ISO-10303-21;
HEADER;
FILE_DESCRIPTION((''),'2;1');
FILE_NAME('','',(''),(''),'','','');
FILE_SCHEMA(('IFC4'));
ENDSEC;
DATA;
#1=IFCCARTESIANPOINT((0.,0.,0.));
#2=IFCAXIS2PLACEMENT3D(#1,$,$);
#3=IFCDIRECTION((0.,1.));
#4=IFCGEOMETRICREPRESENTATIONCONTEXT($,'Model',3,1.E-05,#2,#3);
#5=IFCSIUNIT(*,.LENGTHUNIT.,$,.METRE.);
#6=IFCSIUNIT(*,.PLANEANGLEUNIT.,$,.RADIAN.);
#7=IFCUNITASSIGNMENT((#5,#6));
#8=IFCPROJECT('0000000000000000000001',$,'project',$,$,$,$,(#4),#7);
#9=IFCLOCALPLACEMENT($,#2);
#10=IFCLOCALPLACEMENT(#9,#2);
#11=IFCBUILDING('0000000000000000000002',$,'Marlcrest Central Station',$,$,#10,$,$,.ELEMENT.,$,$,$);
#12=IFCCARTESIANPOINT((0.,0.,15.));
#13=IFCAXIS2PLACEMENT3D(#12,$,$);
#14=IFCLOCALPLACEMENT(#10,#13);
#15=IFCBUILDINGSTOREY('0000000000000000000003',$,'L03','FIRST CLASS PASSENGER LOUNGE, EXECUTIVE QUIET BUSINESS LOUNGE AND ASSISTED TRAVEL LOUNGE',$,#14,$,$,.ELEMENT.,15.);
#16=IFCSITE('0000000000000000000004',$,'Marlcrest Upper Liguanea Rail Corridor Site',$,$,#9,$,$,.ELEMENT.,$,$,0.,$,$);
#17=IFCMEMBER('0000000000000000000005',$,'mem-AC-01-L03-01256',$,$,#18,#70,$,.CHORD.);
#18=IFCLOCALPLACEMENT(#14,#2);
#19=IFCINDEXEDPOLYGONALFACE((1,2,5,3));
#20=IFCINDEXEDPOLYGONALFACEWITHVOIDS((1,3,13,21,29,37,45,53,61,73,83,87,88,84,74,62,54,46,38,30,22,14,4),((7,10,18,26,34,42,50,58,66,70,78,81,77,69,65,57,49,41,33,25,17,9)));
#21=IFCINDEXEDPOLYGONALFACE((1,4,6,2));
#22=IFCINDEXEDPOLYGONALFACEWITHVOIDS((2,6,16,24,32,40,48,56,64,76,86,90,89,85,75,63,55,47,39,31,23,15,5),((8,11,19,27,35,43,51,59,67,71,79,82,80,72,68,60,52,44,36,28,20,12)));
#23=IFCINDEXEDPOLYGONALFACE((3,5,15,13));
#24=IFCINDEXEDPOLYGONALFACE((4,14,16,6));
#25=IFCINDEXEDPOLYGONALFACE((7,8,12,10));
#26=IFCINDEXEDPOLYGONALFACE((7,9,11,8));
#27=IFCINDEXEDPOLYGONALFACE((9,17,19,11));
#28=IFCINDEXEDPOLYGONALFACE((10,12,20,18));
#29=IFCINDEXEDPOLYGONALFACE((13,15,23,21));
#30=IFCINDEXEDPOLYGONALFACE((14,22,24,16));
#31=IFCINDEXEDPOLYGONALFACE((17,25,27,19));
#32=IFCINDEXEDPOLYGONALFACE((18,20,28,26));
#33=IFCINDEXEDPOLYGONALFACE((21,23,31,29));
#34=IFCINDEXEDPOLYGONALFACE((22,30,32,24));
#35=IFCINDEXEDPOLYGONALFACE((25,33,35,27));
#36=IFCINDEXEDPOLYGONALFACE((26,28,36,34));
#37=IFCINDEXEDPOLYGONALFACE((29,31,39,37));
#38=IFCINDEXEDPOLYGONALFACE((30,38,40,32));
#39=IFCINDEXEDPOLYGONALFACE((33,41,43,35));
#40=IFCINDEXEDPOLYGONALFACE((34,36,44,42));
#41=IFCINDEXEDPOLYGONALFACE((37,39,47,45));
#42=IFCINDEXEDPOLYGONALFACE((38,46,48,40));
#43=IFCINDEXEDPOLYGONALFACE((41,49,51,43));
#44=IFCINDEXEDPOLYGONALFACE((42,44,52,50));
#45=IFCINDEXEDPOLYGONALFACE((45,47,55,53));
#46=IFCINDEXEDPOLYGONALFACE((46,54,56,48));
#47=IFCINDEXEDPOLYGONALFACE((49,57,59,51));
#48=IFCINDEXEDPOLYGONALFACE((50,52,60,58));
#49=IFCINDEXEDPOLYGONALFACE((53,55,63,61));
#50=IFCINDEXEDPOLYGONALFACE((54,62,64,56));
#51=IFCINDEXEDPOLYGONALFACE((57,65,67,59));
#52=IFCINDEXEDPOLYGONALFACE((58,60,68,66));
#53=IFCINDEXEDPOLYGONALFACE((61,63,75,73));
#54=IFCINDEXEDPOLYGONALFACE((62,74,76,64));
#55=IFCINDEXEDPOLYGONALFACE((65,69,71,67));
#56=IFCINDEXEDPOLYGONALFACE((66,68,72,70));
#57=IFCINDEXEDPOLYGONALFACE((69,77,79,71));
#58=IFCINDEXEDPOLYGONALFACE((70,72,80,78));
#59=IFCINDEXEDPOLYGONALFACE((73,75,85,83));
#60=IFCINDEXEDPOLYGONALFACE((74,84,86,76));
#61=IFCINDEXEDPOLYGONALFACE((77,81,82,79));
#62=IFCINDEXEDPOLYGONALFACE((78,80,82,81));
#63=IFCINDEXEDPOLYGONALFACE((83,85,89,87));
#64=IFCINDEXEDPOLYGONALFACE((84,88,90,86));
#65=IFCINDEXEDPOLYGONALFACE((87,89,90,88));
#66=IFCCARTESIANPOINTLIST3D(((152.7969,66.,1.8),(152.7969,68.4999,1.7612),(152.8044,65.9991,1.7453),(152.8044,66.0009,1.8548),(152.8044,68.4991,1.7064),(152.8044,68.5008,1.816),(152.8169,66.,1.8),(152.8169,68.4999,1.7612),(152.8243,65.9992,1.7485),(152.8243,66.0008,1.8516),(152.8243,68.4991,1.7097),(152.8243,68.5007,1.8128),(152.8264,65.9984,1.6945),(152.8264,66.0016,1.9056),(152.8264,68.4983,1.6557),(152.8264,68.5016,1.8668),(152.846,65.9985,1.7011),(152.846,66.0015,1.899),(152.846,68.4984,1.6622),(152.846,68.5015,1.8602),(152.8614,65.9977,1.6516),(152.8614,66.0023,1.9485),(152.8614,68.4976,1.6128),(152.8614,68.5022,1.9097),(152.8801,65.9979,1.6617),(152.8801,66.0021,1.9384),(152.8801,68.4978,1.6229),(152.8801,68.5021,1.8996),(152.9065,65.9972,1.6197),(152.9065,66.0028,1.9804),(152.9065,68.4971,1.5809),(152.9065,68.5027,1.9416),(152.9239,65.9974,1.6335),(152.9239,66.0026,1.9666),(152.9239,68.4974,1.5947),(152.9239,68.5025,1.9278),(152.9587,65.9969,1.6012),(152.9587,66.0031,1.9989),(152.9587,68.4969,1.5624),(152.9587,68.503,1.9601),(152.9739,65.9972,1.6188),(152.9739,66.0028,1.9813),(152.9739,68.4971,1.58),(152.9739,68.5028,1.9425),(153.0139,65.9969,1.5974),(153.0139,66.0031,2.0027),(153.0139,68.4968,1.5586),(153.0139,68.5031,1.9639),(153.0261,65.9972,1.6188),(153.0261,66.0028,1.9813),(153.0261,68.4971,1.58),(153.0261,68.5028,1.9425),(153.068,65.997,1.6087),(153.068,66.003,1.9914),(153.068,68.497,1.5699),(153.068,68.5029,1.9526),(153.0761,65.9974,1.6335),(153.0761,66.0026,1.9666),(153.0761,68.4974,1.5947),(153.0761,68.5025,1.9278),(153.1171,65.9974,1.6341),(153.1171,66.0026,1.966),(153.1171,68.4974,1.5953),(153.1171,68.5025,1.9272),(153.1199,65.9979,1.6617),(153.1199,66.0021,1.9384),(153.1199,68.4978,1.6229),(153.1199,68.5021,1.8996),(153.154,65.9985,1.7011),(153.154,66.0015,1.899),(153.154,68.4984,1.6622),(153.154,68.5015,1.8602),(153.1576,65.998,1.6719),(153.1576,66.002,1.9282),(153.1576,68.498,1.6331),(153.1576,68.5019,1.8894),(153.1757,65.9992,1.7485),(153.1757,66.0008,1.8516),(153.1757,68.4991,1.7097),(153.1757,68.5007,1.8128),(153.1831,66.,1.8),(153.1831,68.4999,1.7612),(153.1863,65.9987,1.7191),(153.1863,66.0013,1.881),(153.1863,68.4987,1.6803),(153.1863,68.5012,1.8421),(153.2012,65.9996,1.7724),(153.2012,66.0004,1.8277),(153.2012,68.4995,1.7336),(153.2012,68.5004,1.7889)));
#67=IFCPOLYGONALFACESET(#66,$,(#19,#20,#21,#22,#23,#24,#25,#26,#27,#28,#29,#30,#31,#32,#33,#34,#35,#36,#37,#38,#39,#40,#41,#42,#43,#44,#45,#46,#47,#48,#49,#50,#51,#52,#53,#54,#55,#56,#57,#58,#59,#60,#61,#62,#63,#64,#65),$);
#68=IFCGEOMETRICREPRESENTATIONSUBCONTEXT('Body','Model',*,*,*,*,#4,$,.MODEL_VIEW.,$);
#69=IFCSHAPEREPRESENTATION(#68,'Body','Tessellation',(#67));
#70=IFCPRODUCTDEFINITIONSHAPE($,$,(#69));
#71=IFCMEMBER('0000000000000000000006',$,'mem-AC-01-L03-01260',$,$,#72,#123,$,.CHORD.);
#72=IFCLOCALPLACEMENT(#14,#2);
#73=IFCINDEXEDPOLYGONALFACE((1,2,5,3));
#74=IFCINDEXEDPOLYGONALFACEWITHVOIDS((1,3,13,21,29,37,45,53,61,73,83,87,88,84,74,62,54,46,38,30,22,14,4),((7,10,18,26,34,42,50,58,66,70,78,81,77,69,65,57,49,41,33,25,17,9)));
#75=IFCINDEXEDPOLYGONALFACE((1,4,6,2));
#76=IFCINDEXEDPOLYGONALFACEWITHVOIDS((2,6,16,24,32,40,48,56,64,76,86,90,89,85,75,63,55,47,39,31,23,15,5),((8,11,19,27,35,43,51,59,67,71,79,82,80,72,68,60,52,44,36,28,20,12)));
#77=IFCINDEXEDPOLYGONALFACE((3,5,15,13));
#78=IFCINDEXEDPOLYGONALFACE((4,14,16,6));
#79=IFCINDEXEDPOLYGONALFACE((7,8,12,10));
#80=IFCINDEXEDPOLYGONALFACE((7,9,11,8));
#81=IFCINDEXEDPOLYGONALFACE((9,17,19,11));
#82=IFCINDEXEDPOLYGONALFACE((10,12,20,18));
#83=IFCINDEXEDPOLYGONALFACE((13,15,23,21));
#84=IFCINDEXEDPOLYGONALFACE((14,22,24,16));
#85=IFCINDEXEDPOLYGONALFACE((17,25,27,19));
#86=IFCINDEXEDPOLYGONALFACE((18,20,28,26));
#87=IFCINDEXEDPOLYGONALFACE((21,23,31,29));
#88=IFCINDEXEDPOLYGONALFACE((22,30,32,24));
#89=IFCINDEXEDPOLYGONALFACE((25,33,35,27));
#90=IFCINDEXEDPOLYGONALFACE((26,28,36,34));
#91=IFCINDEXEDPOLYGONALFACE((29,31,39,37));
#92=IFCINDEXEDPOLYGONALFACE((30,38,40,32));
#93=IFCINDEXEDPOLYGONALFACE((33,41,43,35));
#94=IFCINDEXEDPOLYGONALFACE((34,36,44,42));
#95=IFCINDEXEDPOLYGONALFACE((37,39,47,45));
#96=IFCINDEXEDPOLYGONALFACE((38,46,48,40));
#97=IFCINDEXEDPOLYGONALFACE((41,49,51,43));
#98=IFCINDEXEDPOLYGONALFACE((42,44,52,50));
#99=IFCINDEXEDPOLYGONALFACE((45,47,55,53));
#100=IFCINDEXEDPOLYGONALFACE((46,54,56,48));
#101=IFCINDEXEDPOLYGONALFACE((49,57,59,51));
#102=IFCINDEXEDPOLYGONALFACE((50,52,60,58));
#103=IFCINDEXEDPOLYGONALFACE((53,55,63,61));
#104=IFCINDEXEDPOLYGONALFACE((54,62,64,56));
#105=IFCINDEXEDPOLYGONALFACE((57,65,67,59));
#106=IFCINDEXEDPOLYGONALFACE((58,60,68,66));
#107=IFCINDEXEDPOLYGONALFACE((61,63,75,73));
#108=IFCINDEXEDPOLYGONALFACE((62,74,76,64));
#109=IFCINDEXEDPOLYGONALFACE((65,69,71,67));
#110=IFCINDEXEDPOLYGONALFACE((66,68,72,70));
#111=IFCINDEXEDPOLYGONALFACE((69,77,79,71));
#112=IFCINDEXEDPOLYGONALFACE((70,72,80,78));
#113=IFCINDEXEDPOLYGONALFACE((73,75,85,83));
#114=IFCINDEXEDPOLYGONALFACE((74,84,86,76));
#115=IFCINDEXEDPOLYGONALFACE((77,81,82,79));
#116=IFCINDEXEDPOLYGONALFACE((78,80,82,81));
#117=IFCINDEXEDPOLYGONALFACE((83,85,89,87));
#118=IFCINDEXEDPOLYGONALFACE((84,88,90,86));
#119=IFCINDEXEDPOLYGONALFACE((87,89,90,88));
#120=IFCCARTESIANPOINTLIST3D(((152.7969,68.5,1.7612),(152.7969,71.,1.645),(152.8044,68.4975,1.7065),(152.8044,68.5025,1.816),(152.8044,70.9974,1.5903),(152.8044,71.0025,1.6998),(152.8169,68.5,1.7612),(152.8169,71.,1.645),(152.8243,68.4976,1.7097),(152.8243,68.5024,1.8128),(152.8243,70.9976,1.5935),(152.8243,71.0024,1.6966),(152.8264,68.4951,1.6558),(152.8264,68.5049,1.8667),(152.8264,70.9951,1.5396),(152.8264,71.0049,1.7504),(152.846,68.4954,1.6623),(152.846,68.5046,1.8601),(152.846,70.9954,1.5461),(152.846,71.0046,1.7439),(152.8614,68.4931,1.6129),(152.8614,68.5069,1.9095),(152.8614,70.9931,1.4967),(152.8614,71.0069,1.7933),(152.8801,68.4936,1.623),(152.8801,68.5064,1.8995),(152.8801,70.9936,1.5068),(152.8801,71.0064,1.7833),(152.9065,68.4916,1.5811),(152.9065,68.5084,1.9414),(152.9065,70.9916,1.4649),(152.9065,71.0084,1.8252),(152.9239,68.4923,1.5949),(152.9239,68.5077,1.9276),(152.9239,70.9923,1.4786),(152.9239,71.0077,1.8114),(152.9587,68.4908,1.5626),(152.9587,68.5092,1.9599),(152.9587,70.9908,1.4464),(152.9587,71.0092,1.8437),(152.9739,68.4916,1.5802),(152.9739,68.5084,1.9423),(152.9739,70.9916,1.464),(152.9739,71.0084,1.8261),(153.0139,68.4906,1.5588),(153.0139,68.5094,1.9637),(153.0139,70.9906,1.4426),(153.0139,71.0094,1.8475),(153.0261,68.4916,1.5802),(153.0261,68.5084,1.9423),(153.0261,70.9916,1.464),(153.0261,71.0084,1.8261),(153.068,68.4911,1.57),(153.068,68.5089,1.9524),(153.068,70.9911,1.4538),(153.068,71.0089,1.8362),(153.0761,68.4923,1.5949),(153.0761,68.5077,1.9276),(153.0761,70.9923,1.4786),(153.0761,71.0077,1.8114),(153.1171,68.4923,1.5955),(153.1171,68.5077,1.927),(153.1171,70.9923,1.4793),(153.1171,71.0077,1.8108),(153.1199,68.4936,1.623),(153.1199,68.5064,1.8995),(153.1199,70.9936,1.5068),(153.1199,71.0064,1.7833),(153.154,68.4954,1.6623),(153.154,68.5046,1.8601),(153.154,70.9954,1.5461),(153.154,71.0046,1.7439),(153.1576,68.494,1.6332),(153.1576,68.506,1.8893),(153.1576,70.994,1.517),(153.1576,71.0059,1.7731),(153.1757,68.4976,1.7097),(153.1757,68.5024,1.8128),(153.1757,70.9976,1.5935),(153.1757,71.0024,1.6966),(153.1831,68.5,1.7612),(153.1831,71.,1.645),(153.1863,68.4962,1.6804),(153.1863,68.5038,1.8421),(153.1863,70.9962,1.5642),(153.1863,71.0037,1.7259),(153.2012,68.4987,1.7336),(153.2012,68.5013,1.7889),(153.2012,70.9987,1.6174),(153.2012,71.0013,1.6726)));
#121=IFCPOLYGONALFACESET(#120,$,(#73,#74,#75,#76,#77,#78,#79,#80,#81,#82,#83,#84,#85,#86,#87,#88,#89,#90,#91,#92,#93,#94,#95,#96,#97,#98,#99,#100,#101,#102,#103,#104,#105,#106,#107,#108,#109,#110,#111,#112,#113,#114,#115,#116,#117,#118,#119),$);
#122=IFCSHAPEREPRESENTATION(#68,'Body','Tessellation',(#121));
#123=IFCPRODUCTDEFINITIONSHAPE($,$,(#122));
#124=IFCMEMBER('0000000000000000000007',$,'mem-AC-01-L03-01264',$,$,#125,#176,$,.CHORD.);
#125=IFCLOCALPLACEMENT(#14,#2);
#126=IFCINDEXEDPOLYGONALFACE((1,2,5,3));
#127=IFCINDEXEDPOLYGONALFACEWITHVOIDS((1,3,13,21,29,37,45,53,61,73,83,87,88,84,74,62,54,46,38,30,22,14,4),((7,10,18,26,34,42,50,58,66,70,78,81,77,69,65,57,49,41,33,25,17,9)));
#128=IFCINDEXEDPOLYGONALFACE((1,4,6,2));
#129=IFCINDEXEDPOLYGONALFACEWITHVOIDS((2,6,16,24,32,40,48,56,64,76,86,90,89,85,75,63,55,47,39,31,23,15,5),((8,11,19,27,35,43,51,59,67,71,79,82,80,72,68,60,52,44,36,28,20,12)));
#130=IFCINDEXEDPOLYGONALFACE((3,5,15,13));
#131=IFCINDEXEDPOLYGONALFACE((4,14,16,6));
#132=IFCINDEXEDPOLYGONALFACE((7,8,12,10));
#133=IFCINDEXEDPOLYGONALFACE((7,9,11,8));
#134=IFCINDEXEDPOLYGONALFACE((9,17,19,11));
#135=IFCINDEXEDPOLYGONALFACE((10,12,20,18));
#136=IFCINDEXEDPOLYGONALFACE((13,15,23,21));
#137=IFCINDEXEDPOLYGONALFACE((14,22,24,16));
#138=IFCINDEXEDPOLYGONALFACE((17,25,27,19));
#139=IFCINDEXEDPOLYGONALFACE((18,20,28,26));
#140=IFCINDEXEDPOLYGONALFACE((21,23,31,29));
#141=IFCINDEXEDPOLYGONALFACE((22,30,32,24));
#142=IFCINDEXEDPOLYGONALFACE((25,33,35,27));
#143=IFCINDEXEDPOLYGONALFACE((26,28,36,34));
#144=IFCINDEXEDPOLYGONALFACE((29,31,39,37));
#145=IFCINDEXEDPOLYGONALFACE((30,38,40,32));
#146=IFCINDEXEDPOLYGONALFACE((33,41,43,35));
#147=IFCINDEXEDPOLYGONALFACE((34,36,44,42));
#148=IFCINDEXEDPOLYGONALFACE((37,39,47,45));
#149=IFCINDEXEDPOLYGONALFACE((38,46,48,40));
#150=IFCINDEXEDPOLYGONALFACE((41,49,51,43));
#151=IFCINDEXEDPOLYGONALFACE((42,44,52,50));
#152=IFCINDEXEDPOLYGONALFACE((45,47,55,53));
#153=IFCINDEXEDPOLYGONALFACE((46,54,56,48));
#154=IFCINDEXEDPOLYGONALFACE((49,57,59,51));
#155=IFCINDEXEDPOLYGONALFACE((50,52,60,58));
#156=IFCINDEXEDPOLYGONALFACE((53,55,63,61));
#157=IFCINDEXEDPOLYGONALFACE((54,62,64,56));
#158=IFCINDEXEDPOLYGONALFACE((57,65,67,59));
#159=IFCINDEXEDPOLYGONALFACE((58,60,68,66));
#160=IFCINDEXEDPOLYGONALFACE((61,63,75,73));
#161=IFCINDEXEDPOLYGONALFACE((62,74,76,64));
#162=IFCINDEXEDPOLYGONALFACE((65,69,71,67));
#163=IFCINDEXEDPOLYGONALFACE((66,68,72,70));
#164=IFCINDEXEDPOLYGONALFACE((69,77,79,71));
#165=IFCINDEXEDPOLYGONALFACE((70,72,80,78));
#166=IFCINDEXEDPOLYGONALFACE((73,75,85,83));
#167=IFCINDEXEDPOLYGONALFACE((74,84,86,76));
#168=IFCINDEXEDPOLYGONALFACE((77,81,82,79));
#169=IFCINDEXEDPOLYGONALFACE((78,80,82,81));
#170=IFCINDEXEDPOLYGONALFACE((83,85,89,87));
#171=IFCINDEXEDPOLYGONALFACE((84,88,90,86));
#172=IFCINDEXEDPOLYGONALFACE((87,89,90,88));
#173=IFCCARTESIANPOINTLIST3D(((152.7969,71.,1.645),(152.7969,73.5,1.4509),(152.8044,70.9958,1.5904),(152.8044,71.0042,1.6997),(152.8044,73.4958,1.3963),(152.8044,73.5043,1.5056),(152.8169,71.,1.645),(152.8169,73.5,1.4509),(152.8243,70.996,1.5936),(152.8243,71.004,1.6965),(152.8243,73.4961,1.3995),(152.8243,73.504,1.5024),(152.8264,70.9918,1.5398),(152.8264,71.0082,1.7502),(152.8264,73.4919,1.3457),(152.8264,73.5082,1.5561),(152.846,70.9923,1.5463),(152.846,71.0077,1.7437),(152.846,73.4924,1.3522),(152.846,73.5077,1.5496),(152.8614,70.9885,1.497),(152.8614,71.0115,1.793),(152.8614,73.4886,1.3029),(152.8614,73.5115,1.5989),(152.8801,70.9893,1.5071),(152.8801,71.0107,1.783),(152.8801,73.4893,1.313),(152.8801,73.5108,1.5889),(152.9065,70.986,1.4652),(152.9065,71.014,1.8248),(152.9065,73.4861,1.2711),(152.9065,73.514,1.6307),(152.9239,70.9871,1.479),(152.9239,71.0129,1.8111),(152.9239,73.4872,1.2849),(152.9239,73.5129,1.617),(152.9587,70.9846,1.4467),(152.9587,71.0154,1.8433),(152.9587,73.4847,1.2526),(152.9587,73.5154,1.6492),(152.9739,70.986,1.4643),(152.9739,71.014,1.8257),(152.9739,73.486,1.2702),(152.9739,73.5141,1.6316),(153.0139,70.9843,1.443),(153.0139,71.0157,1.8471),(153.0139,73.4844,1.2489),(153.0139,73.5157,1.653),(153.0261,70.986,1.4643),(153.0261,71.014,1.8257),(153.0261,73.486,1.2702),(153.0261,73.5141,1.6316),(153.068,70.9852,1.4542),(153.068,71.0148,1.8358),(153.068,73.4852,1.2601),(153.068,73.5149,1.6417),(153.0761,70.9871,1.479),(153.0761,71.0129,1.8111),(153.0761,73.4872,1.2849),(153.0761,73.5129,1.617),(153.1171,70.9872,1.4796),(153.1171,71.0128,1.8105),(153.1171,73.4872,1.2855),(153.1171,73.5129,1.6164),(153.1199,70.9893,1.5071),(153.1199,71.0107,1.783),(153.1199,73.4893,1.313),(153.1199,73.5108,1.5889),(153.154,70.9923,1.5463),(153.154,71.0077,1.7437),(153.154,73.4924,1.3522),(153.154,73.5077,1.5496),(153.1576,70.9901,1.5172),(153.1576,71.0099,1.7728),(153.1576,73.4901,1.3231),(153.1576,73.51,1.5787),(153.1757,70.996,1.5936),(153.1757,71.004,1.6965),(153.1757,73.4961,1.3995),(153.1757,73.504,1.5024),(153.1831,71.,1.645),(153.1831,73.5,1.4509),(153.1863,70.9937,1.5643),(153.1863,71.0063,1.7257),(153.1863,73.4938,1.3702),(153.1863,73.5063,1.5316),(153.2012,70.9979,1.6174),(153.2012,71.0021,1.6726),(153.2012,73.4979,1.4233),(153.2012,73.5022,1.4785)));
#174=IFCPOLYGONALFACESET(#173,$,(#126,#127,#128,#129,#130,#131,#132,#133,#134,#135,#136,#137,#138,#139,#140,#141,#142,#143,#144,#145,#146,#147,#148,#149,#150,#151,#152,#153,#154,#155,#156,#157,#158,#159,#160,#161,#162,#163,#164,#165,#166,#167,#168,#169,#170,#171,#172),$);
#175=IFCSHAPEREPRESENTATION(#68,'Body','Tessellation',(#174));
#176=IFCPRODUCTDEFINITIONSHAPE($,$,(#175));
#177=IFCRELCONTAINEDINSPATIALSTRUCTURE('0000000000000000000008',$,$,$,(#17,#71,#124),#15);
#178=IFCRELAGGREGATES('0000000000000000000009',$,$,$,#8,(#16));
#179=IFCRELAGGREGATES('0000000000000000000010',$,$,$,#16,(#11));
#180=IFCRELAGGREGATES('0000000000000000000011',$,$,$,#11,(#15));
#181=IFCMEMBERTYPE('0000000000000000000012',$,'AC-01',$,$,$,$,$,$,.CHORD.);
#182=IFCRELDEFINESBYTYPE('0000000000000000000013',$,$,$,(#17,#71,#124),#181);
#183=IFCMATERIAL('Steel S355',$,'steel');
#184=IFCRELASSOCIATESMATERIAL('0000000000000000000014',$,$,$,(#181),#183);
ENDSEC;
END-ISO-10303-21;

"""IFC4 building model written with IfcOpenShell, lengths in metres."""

from ifc_helpers import new_model, si_unit, direction, frame, origin, origin_2d, place, context, subcontext, project, spatial, hollow_circle, extrude, material, material_profile, profile_set, type_object, element, save


model = new_model("IFC4")

# Units and contexts
model_context = context("Model", 3, precision=1e-05, world=origin(), true_north=direction((0.0, 1.0)))
body_context = subcontext(model_context, "Body", "Model", "MODEL_VIEW")
ifc_project = project(units=[si_unit("LENGTHUNIT", "METRE"), si_unit("PLANEANGLEUNIT", "RADIAN")], contexts=[model_context])

# Site, building, storey
site_placement = place(None, origin())
site = spatial("IfcSite", under=ifc_project, at=site_placement, Name="Marlcrest Upper Liguanea Rail Corridor Site", CompositionType="ELEMENT", RefElevation=0.0)
building_placement = place(site_placement, origin())
building = spatial("IfcBuilding", under=site, at=building_placement, Name="Marlcrest Central Station", CompositionType="ELEMENT")
storey_placement = place(building_placement, frame((0.0, 0.0, 15.0)))
storey = spatial("IfcBuildingStorey", under=building, at=storey_placement, Name="L03", Description="FIRST CLASS PASSENGER LOUNGE, EXECUTIVE QUIET BUSINESS LOUNGE AND ASSISTED TRAVEL LOUNGE", CompositionType="ELEMENT", Elevation=15.0)

# Members
ifc_material_1 = material(Name="Steel S355", Category="steel")
ifc_material_profile_1 = material_profile(ifc_material_1, hollow_circle(Radius=0.2031, WallThickness=0.02, at=origin_2d()), Name="CHS 406.4x20")
ifc_profile_set_1 = profile_set([ifc_material_profile_1], Name="Steel S355")
member_type_1 = type_object("IfcMemberType", Name="AC-01", PredefinedType="CHORD", material=ifc_profile_set_1)
member_1_placement = place(storey_placement, frame((153.0, 66.0, 1.8), z_axis=(0.0, 0.999879, -0.015525), x_axis=(-1.0, 0.0, 0.0)))
element("IfcMember", 1, at=member_1_placement, inside=storey, type_object=member_type_1, Name="mem-AC-01-L03-01256", PredefinedType="CHORD", context=body_context, shape_type="SweptSolid", body=[
    extrude(hollow_circle(Radius=0.2031, WallThickness=0.02, at=origin_2d()), origin(), (0.0, 0.0, 1.0), 2.5002),
])
member_2_placement = place(storey_placement, frame((153.0, 68.5, 1.7612), z_axis=(0.0, 0.998921, -0.046434), x_axis=(-1.0, 0.0, 0.0)))
element("IfcMember", 2, at=member_2_placement, inside=storey, type_object=member_type_1, Name="mem-AC-01-L03-01260", PredefinedType="CHORD", context=body_context, shape_type="SweptSolid", body=[
    extrude(hollow_circle(Radius=0.2031, WallThickness=0.02, at=origin_2d()), origin(), (0.0, 0.0, 1.0), 2.5027),
])
member_3_placement = place(storey_placement, frame((153.0, 71.0, 1.645), z_axis=(0.0, 0.997, -0.077404), x_axis=(-1.0, 0.0, 0.0)))
element("IfcMember", 3, at=member_3_placement, inside=storey, type_object=member_type_1, Name="mem-AC-01-L03-01264", PredefinedType="CHORD", context=body_context, shape_type="SweptSolid", body=[
    extrude(hollow_circle(Radius=0.2031, WallThickness=0.02, at=origin_2d()), origin(), (0.0, 0.0, 1.0), 2.5076),
])

save(model, "model.ifc")
